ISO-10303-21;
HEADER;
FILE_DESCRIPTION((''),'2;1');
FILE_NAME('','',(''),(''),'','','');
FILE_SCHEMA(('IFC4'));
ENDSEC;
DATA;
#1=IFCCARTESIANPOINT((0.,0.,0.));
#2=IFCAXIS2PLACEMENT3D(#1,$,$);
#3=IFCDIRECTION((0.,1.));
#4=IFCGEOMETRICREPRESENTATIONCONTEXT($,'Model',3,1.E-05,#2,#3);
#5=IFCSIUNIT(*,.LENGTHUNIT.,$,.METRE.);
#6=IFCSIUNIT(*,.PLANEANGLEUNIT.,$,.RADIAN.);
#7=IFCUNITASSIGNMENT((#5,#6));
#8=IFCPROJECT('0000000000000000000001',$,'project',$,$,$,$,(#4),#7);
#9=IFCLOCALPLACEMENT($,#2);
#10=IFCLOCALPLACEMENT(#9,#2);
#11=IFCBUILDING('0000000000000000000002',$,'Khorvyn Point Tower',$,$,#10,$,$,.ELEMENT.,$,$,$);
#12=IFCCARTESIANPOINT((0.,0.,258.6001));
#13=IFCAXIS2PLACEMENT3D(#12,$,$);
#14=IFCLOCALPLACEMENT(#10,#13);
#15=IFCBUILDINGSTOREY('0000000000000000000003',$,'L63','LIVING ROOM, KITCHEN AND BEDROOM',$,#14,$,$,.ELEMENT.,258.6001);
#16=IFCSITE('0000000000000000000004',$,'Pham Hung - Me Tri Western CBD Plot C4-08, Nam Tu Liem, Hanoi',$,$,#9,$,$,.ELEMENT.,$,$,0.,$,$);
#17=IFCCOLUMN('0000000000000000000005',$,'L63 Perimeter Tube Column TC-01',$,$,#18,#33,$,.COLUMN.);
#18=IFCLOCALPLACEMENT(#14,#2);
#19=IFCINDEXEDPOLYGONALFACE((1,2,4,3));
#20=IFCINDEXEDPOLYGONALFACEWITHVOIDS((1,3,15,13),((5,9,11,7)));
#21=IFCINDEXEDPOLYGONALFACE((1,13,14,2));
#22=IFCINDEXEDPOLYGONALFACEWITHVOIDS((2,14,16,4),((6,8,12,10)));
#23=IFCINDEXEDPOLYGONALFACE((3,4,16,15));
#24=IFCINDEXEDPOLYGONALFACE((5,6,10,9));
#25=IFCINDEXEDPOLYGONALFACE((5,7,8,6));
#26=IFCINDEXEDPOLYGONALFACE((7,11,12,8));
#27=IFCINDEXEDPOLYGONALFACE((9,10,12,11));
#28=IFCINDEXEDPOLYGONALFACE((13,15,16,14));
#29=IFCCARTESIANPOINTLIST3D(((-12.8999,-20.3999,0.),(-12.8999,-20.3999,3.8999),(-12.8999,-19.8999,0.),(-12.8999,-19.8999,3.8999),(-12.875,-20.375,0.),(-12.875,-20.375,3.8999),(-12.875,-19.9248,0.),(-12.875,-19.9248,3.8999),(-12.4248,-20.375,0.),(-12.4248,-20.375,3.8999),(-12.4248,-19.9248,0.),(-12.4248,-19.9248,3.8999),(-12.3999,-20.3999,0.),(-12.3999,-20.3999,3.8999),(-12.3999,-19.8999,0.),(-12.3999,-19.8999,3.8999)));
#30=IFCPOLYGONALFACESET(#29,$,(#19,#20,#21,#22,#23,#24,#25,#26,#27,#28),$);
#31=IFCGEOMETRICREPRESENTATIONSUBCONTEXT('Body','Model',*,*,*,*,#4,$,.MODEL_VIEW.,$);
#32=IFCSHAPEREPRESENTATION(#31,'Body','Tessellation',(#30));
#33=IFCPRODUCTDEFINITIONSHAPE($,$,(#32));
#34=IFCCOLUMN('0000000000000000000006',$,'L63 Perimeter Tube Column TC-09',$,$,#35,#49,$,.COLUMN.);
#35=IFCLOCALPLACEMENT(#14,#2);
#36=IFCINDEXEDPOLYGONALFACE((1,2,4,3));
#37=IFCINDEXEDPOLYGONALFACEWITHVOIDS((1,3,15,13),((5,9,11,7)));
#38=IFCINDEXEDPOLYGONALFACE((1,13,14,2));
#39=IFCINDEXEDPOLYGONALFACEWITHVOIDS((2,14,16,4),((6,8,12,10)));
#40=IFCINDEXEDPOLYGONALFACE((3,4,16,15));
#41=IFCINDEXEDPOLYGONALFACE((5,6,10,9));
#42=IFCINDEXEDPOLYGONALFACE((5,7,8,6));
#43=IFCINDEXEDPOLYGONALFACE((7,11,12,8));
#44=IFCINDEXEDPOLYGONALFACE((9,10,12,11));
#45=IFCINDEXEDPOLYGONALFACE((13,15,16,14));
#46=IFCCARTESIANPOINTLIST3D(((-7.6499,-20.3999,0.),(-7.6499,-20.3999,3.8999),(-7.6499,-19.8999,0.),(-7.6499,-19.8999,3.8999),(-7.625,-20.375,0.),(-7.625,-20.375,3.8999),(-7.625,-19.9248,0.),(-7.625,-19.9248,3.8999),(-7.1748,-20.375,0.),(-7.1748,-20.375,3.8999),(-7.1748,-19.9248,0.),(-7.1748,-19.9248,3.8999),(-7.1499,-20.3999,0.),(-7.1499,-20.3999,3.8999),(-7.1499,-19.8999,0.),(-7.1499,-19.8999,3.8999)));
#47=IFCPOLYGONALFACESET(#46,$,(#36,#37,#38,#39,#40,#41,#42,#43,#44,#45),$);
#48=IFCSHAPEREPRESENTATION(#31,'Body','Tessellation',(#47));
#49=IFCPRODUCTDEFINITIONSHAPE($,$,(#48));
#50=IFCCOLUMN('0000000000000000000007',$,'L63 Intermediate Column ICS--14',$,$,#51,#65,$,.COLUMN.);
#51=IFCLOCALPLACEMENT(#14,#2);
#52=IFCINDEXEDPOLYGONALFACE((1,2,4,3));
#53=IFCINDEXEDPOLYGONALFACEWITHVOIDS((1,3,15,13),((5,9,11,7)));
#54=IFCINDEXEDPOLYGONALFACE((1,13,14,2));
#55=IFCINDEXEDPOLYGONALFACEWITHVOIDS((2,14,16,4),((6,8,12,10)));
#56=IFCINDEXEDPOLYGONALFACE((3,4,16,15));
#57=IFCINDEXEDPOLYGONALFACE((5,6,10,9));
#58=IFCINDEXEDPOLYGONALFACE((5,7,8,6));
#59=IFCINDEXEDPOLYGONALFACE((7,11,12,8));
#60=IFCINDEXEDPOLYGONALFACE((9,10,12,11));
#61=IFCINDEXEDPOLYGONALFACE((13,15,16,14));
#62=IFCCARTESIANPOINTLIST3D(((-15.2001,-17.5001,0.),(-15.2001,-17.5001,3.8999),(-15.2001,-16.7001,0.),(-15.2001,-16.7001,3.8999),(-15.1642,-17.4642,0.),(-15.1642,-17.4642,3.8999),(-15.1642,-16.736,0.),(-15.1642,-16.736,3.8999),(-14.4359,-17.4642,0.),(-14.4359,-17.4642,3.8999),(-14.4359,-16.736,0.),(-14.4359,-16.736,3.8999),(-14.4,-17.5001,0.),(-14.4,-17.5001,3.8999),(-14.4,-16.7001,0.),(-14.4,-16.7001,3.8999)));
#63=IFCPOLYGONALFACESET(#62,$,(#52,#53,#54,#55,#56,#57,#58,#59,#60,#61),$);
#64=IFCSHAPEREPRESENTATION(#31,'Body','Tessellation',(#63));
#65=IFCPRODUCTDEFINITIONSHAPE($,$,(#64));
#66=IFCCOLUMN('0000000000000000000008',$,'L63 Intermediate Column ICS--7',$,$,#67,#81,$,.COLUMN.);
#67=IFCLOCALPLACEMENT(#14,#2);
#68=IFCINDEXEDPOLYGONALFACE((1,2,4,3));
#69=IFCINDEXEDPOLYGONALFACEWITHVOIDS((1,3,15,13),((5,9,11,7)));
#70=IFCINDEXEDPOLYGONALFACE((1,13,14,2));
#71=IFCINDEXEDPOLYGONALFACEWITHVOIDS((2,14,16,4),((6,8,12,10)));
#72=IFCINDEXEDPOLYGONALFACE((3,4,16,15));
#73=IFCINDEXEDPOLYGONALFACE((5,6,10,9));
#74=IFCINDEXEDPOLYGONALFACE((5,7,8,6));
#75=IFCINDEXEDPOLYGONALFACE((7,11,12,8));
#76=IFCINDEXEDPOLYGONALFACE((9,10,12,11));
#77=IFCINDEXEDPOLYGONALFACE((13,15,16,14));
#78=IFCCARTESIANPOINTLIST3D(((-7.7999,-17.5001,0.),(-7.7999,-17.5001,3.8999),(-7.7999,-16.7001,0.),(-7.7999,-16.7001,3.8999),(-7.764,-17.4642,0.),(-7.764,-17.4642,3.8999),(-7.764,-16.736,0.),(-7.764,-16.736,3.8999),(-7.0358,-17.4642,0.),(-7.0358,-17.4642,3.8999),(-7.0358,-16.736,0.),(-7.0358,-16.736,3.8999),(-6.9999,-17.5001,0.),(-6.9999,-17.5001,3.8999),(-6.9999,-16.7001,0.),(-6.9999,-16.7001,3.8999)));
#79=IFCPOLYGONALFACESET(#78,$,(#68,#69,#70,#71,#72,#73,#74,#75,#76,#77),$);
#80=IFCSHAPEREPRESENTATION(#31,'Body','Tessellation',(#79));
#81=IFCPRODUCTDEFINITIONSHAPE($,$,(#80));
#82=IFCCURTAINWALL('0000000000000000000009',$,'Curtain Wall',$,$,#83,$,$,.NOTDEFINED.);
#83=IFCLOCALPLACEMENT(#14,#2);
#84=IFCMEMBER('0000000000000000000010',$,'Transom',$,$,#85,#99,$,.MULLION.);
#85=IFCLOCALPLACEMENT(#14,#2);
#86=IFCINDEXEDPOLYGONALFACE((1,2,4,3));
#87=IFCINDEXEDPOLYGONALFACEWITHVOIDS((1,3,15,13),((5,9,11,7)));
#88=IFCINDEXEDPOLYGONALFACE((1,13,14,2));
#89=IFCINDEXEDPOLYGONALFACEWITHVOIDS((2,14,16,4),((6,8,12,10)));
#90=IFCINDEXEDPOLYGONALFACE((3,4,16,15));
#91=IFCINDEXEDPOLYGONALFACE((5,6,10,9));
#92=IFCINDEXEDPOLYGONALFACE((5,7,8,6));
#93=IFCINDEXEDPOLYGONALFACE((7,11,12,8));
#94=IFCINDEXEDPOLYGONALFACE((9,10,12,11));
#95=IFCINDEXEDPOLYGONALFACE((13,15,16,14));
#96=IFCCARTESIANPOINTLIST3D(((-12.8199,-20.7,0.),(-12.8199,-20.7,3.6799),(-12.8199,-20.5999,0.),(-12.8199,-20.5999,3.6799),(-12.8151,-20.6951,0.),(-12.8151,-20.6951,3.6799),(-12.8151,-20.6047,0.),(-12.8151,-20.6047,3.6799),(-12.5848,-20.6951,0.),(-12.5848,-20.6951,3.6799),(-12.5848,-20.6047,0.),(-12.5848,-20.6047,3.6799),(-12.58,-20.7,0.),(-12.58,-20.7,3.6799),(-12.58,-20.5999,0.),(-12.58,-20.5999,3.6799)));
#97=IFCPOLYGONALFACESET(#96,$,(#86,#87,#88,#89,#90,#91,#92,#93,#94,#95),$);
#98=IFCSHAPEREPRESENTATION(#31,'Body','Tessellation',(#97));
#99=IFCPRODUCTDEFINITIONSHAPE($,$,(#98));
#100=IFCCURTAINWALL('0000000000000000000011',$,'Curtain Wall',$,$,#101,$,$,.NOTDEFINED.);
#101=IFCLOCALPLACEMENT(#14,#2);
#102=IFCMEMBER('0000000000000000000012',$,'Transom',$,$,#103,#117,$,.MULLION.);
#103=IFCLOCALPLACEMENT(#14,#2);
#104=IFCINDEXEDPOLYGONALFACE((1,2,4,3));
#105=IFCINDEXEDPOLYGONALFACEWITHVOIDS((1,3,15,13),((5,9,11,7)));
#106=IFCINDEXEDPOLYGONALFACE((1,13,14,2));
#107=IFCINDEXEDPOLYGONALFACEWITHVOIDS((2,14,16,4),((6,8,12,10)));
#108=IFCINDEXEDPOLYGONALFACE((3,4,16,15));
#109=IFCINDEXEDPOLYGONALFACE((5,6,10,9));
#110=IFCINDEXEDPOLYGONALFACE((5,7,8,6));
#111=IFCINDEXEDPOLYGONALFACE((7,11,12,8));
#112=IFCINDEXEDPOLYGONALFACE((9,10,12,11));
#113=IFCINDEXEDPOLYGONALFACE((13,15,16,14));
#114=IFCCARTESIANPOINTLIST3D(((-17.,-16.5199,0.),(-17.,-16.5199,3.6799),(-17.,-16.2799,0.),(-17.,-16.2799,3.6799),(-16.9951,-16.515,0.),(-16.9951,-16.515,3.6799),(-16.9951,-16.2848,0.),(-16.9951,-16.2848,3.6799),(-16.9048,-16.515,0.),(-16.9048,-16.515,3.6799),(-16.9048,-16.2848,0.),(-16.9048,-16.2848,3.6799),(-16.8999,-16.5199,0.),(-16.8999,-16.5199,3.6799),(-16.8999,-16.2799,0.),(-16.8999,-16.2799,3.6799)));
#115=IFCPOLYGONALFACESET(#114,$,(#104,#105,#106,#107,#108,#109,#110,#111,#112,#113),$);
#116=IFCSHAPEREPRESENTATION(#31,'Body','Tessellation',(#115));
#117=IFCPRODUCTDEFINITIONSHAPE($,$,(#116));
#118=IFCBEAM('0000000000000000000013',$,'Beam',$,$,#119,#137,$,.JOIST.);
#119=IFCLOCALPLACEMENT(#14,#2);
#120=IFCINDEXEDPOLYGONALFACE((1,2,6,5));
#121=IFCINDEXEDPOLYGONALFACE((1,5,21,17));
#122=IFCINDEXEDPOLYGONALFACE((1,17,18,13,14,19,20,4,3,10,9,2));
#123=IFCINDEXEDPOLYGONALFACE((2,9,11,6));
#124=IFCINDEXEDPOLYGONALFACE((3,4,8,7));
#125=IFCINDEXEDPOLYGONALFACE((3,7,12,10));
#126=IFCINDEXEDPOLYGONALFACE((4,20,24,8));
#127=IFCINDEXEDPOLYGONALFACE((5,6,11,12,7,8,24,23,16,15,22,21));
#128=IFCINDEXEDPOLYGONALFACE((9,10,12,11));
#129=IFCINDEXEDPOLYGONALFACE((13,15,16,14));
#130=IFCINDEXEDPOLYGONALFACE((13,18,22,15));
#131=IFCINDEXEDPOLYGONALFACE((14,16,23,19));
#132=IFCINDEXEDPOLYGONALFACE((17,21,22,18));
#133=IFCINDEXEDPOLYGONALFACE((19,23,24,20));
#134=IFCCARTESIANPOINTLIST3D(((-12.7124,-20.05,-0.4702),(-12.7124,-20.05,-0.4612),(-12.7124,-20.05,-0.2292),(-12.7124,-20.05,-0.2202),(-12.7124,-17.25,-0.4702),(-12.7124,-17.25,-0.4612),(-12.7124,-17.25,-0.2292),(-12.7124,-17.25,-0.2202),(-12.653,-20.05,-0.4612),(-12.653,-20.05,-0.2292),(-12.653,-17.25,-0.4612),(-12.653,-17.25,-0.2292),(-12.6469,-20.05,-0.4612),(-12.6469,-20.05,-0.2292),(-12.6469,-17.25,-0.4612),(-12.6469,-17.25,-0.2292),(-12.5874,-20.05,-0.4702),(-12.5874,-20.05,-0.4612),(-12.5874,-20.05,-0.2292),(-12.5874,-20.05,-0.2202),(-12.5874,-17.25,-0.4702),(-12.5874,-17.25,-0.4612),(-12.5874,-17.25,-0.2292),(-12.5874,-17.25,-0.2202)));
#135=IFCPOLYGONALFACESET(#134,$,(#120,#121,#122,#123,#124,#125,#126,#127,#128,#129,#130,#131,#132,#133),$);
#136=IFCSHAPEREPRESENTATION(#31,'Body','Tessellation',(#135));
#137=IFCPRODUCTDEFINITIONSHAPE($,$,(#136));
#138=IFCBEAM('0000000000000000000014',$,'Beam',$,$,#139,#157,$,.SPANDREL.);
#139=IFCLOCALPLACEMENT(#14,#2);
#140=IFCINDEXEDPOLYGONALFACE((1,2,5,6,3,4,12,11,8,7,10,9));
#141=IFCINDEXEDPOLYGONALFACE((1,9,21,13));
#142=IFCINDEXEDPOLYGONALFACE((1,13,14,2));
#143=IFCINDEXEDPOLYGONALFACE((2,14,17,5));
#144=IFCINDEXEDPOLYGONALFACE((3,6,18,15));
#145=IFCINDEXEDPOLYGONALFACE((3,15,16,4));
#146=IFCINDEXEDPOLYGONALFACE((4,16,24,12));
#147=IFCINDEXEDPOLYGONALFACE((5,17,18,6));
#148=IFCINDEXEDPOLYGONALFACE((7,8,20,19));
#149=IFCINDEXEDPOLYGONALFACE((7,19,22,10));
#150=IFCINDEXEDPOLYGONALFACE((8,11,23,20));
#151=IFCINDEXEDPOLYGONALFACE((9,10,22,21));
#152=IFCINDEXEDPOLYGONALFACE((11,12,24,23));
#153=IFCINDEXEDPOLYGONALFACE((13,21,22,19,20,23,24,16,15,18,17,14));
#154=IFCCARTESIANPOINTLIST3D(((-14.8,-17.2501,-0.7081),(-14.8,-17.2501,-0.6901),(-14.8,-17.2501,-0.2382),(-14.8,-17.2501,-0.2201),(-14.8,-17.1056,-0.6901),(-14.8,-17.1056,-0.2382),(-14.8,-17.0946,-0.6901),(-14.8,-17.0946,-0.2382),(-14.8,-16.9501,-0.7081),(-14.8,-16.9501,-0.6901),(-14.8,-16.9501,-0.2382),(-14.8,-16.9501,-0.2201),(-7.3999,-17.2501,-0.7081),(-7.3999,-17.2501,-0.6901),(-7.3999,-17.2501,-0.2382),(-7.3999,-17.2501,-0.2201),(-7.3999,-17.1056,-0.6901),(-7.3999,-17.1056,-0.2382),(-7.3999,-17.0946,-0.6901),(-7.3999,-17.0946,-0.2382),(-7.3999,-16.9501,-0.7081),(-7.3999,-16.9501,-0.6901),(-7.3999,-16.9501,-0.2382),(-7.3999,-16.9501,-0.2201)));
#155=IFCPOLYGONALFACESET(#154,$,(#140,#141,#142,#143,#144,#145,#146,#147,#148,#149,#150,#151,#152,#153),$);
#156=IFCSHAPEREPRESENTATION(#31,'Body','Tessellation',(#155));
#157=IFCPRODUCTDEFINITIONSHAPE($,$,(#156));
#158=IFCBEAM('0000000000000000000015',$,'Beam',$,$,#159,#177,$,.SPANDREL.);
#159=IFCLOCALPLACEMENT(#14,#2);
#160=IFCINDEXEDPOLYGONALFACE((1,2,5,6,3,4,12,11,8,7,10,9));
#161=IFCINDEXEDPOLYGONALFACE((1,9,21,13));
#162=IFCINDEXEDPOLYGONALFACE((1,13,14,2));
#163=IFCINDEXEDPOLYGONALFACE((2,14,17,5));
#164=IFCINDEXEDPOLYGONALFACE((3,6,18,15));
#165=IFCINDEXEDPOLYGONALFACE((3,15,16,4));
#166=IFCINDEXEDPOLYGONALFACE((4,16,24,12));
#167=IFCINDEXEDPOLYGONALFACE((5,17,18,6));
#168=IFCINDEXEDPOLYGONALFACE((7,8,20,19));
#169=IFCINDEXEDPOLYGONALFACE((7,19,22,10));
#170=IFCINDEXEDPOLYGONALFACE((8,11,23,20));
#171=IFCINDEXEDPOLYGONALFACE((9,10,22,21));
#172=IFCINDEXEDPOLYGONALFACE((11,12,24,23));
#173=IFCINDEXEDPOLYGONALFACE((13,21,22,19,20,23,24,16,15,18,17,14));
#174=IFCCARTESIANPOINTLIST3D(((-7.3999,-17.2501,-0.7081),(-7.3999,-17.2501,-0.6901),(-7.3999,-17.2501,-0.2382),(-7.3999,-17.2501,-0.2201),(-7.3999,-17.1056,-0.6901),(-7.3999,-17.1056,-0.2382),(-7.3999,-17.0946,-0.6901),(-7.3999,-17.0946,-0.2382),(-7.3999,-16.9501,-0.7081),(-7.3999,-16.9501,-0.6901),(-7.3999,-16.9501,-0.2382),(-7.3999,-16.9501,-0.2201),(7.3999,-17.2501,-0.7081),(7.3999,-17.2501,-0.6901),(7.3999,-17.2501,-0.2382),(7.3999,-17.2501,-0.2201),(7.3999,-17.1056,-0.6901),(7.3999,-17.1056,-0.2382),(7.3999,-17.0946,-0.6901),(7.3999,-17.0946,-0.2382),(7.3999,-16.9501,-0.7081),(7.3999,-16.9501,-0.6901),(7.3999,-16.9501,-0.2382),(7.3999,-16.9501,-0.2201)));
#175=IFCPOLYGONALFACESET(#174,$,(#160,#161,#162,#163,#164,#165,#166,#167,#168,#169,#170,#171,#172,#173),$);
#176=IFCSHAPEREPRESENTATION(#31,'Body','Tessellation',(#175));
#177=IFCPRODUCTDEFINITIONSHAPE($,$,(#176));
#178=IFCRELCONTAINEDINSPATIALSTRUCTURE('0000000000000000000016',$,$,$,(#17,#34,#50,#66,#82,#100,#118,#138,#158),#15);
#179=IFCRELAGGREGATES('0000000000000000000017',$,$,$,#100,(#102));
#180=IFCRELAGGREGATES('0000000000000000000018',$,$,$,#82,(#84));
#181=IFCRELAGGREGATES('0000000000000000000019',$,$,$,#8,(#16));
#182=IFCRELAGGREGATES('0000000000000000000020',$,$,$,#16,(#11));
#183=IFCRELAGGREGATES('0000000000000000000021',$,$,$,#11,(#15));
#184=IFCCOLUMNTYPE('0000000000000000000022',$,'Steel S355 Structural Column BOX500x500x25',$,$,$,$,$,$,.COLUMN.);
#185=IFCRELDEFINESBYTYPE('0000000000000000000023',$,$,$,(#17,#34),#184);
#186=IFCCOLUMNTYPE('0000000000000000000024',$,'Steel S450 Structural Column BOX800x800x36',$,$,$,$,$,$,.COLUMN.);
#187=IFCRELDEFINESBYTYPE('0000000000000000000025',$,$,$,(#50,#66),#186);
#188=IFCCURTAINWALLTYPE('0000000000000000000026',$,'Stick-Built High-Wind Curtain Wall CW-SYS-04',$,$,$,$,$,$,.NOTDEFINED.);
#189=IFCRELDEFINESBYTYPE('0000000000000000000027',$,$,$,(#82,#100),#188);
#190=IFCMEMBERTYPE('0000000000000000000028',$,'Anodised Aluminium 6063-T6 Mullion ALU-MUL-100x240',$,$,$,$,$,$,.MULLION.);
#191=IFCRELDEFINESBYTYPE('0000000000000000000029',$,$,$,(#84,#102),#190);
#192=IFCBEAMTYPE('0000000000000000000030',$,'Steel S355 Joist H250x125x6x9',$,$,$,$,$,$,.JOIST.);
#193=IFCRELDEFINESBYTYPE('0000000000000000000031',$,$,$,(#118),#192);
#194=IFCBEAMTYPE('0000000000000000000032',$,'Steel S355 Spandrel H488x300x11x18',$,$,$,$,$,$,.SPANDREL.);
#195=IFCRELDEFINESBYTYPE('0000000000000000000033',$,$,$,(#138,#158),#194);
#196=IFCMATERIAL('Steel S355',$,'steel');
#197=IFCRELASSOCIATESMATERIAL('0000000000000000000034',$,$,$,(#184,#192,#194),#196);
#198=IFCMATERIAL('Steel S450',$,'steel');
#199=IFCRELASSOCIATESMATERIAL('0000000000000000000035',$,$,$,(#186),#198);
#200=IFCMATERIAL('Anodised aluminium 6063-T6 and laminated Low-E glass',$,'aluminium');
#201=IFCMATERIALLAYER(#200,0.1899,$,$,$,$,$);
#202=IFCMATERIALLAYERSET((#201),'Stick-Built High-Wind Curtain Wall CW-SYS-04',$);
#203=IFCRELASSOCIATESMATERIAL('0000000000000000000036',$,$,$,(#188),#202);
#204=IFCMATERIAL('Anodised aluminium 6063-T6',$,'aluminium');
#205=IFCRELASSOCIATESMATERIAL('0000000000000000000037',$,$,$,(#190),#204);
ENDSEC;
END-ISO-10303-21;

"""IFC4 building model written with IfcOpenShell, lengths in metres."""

from ifc_helpers import new_model, si_unit, direction, frame, origin, origin_2d, place, context, subcontext, project, spatial, hollow_rectangle, i_section, extrude, material, layer, layer_set, material_profile, profile_set, type_object, element, aggregate, save


model = new_model("IFC4")

# Units and contexts
model_context = context("Model", 3, precision=1e-05, world=origin(), true_north=direction((0.0, 1.0)))
body_context = subcontext(model_context, "Body", "Model", "MODEL_VIEW")
ifc_project = project(units=[si_unit("LENGTHUNIT", "METRE"), si_unit("PLANEANGLEUNIT", "RADIAN")], contexts=[model_context])

# Site, building, storey
site_placement = place(None, origin())
site = spatial("IfcSite", under=ifc_project, at=site_placement, Name="Pham Hung - Me Tri Western CBD Plot C4-08, Nam Tu Liem, Hanoi", CompositionType="ELEMENT", RefElevation=0.0)
building_placement = place(site_placement, origin())
building = spatial("IfcBuilding", under=site, at=building_placement, Name="Khorvyn Point Tower", CompositionType="ELEMENT")
storey_placement = place(building_placement, frame((0.0, 0.0, 258.6001)))
storey = spatial("IfcBuildingStorey", under=building, at=storey_placement, Name="L63", Description="LIVING ROOM, KITCHEN AND BEDROOM", CompositionType="ELEMENT", Elevation=258.6001)

# Columns
ifc_material_1 = material(Name="Steel S355", Category="steel")
ifc_material_profile_1 = material_profile(ifc_material_1, hollow_rectangle(XDim=0.5, YDim=0.5, WallThickness=0.0249, at=origin_2d()))
ifc_profile_set_1 = profile_set([ifc_material_profile_1], Name="Steel S355 BOX500x500x25")
column_type_1 = type_object("IfcColumnType", Name="Steel S355 Structural Column BOX500x500x25", PredefinedType="COLUMN", material=ifc_profile_set_1)
for number, where, z_axis, x_axis, name in (
    (1, (-12.6499, -20.1499, 0.0), (0.0, 0.0, 1.0), (1.0, 0.0, 0.0), "L63 Perimeter Tube Column TC-01"),
    (2, (-7.3999, -20.1499, 0.0), (0.0, 0.0, 1.0), (1.0, 0.0, 0.0), "L63 Perimeter Tube Column TC-09"),
):
    element("IfcColumn", number, at=place(storey_placement, frame(where, z_axis=z_axis, x_axis=x_axis)), inside=storey, type_object=column_type_1, Name=name, PredefinedType="COLUMN", context=body_context, shape_type="SweptSolid", body=[
        extrude(hollow_rectangle(XDim=0.5, YDim=0.5, WallThickness=0.0249, at=origin_2d()), origin(), (0.0, 0.0, 1.0), 3.8999),
    ])
ifc_material_2 = material(Name="Steel S450", Category="steel")
ifc_material_profile_2 = material_profile(ifc_material_2, hollow_rectangle(XDim=0.8, YDim=0.8, WallThickness=0.0359, at=origin_2d()))
ifc_profile_set_2 = profile_set([ifc_material_profile_2], Name="Steel S450 BOX800x800x36")
column_type_2 = type_object("IfcColumnType", Name="Steel S450 Structural Column BOX800x800x36", PredefinedType="COLUMN", material=ifc_profile_set_2)
for number, where, z_axis, x_axis, name in (
    (3, (-14.8, -17.1001, 0.0), (0.0, 0.0, 1.0), (1.0, 0.0, 0.0), "L63 Intermediate Column ICS--14"),
    (4, (-7.3999, -17.1001, 0.0), (0.0, 0.0, 1.0), (1.0, 0.0, 0.0), "L63 Intermediate Column ICS--7"),
):
    element("IfcColumn", number, at=place(storey_placement, frame(where, z_axis=z_axis, x_axis=x_axis)), inside=storey, type_object=column_type_2, Name=name, PredefinedType="COLUMN", context=body_context, shape_type="SweptSolid", body=[
        extrude(hollow_rectangle(XDim=0.8, YDim=0.8, WallThickness=0.0359, at=origin_2d()), origin(), (0.0, 0.0, 1.0), 3.8999),
    ])

# Curtain walls, members
ifc_material_3 = material(Name="Anodised aluminium 6063-T6 and laminated Low-E glass", Category="aluminium")
ifc_layer_1 = layer(ifc_material_3, 0.1899)
ifc_layer_set_1 = layer_set([ifc_layer_1], Name="Stick-Built High-Wind Curtain Wall CW-SYS-04")
curtain_wall_type = type_object("IfcCurtainWallType", Name="Stick-Built High-Wind Curtain Wall CW-SYS-04", PredefinedType="NOTDEFINED", material=ifc_layer_set_1)
curtain_wall_1_placement = place(storey_placement, origin())
curtain_wall_1 = element("IfcCurtainWall", 5, at=curtain_wall_1_placement, inside=storey, type_object=curtain_wall_type, Name="Curtain Wall", PredefinedType="NOTDEFINED")
ifc_material_4 = material(Name="Anodised aluminium 6063-T6", Category="aluminium")
ifc_material_profile_3 = material_profile(ifc_material_4, hollow_rectangle(XDim=0.1001, YDim=0.24, WallThickness=0.0049, at=origin_2d()))
ifc_profile_set_3 = profile_set([ifc_material_profile_3], Name="Anodised aluminium 6063-T6 ALU-MUL-100x240")
member_type = type_object("IfcMemberType", Name="Anodised Aluminium 6063-T6 Mullion ALU-MUL-100x240", PredefinedType="MULLION", material=ifc_profile_set_3)
member_1_placement = place(storey_placement, frame((-12.7, -20.6499, 0.0), z_axis=(0.0, 0.0, 1.0), x_axis=(0.0, -1.0, 0.0)))
member_1 = element("IfcMember", 6, at=member_1_placement, type_object=member_type, Name="Transom", PredefinedType="MULLION", context=body_context, shape_type="SweptSolid", body=[
    extrude(hollow_rectangle(XDim=0.1001, YDim=0.24, WallThickness=0.0049, at=origin_2d()), origin(), (0.0, 0.0, 1.0), 3.6799),
])
curtain_wall_2_placement = place(storey_placement, origin())
curtain_wall_2 = element("IfcCurtainWall", 7, at=curtain_wall_2_placement, inside=storey, type_object=curtain_wall_type, Name="Curtain Wall", PredefinedType="NOTDEFINED")
member_2_placement = place(storey_placement, frame((-16.95, -16.3999, 0.0), z_axis=(0.0, 0.0, 1.0), x_axis=(-1.0, 0.0, 0.0)))
member_2 = element("IfcMember", 8, at=member_2_placement, type_object=member_type, Name="Transom", PredefinedType="MULLION", context=body_context, shape_type="SweptSolid", body=[
    extrude(hollow_rectangle(XDim=0.1001, YDim=0.24, WallThickness=0.0049, at=origin_2d()), origin(), (0.0, 0.0, 1.0), 3.6799),
])
aggregate(curtain_wall_2, [member_2])

# Beams
ifc_material_profile_4 = material_profile(ifc_material_1, i_section(OverallWidth=0.125, OverallDepth=0.25, WebThickness=0.0061, FlangeThickness=0.009, at=origin_2d()))
ifc_profile_set_4 = profile_set([ifc_material_profile_4], Name="Steel S355 H250x125x6x9")
beam_type_1 = type_object("IfcBeamType", Name="Steel S355 Joist H250x125x6x9", PredefinedType="JOIST", material=ifc_profile_set_4)
beam_1_placement = place(storey_placement, frame((-12.6499, -20.05, -0.3452), z_axis=(0.0, 1.0, 0.0), x_axis=(-1.0, 0.0, 0.0)))
element("IfcBeam", 9, at=beam_1_placement, inside=storey, type_object=beam_type_1, Name="Beam", PredefinedType="JOIST", context=body_context, shape_type="SweptSolid", body=[
    extrude(i_section(OverallWidth=0.125, OverallDepth=0.25, WebThickness=0.0061, FlangeThickness=0.009, at=origin_2d()), origin(), (0.0, 0.0, 1.0), 2.8),
])
ifc_material_profile_5 = material_profile(ifc_material_1, i_section(OverallWidth=0.3, OverallDepth=0.488, WebThickness=0.011, FlangeThickness=0.0181, at=origin_2d()))
ifc_profile_set_5 = profile_set([ifc_material_profile_5], Name="Steel S355 H488x300x11x18")
beam_type_2 = type_object("IfcBeamType", Name="Steel S355 Spandrel H488x300x11x18", PredefinedType="SPANDREL", material=ifc_profile_set_5)
beam_2_placement = place(storey_placement, frame((-14.8, -17.1001, -0.4641), z_axis=(1.0, 0.0, 0.0), x_axis=(0.0, 1.0, 0.0)))
element("IfcBeam", 10, at=beam_2_placement, inside=storey, type_object=beam_type_2, Name="Beam", PredefinedType="SPANDREL", context=body_context, shape_type="SweptSolid", body=[
    extrude(i_section(OverallWidth=0.3, OverallDepth=0.488, WebThickness=0.011, FlangeThickness=0.0181, at=origin_2d()), origin(), (0.0, 0.0, 1.0), 7.4001),
])
beam_3_placement = place(storey_placement, frame((-7.3999, -17.1001, -0.4641), z_axis=(1.0, 0.0, 0.0), x_axis=(0.0, 1.0, 0.0)))
element("IfcBeam", 11, at=beam_3_placement, inside=storey, type_object=beam_type_2, Name="Beam", PredefinedType="SPANDREL", context=body_context, shape_type="SweptSolid", body=[
    extrude(i_section(OverallWidth=0.3, OverallDepth=0.488, WebThickness=0.011, FlangeThickness=0.0181, at=origin_2d()), origin(), (0.0, 0.0, 1.0), 14.7998),
])

aggregate(curtain_wall_1, [member_1])

save(model, "model.ifc")
